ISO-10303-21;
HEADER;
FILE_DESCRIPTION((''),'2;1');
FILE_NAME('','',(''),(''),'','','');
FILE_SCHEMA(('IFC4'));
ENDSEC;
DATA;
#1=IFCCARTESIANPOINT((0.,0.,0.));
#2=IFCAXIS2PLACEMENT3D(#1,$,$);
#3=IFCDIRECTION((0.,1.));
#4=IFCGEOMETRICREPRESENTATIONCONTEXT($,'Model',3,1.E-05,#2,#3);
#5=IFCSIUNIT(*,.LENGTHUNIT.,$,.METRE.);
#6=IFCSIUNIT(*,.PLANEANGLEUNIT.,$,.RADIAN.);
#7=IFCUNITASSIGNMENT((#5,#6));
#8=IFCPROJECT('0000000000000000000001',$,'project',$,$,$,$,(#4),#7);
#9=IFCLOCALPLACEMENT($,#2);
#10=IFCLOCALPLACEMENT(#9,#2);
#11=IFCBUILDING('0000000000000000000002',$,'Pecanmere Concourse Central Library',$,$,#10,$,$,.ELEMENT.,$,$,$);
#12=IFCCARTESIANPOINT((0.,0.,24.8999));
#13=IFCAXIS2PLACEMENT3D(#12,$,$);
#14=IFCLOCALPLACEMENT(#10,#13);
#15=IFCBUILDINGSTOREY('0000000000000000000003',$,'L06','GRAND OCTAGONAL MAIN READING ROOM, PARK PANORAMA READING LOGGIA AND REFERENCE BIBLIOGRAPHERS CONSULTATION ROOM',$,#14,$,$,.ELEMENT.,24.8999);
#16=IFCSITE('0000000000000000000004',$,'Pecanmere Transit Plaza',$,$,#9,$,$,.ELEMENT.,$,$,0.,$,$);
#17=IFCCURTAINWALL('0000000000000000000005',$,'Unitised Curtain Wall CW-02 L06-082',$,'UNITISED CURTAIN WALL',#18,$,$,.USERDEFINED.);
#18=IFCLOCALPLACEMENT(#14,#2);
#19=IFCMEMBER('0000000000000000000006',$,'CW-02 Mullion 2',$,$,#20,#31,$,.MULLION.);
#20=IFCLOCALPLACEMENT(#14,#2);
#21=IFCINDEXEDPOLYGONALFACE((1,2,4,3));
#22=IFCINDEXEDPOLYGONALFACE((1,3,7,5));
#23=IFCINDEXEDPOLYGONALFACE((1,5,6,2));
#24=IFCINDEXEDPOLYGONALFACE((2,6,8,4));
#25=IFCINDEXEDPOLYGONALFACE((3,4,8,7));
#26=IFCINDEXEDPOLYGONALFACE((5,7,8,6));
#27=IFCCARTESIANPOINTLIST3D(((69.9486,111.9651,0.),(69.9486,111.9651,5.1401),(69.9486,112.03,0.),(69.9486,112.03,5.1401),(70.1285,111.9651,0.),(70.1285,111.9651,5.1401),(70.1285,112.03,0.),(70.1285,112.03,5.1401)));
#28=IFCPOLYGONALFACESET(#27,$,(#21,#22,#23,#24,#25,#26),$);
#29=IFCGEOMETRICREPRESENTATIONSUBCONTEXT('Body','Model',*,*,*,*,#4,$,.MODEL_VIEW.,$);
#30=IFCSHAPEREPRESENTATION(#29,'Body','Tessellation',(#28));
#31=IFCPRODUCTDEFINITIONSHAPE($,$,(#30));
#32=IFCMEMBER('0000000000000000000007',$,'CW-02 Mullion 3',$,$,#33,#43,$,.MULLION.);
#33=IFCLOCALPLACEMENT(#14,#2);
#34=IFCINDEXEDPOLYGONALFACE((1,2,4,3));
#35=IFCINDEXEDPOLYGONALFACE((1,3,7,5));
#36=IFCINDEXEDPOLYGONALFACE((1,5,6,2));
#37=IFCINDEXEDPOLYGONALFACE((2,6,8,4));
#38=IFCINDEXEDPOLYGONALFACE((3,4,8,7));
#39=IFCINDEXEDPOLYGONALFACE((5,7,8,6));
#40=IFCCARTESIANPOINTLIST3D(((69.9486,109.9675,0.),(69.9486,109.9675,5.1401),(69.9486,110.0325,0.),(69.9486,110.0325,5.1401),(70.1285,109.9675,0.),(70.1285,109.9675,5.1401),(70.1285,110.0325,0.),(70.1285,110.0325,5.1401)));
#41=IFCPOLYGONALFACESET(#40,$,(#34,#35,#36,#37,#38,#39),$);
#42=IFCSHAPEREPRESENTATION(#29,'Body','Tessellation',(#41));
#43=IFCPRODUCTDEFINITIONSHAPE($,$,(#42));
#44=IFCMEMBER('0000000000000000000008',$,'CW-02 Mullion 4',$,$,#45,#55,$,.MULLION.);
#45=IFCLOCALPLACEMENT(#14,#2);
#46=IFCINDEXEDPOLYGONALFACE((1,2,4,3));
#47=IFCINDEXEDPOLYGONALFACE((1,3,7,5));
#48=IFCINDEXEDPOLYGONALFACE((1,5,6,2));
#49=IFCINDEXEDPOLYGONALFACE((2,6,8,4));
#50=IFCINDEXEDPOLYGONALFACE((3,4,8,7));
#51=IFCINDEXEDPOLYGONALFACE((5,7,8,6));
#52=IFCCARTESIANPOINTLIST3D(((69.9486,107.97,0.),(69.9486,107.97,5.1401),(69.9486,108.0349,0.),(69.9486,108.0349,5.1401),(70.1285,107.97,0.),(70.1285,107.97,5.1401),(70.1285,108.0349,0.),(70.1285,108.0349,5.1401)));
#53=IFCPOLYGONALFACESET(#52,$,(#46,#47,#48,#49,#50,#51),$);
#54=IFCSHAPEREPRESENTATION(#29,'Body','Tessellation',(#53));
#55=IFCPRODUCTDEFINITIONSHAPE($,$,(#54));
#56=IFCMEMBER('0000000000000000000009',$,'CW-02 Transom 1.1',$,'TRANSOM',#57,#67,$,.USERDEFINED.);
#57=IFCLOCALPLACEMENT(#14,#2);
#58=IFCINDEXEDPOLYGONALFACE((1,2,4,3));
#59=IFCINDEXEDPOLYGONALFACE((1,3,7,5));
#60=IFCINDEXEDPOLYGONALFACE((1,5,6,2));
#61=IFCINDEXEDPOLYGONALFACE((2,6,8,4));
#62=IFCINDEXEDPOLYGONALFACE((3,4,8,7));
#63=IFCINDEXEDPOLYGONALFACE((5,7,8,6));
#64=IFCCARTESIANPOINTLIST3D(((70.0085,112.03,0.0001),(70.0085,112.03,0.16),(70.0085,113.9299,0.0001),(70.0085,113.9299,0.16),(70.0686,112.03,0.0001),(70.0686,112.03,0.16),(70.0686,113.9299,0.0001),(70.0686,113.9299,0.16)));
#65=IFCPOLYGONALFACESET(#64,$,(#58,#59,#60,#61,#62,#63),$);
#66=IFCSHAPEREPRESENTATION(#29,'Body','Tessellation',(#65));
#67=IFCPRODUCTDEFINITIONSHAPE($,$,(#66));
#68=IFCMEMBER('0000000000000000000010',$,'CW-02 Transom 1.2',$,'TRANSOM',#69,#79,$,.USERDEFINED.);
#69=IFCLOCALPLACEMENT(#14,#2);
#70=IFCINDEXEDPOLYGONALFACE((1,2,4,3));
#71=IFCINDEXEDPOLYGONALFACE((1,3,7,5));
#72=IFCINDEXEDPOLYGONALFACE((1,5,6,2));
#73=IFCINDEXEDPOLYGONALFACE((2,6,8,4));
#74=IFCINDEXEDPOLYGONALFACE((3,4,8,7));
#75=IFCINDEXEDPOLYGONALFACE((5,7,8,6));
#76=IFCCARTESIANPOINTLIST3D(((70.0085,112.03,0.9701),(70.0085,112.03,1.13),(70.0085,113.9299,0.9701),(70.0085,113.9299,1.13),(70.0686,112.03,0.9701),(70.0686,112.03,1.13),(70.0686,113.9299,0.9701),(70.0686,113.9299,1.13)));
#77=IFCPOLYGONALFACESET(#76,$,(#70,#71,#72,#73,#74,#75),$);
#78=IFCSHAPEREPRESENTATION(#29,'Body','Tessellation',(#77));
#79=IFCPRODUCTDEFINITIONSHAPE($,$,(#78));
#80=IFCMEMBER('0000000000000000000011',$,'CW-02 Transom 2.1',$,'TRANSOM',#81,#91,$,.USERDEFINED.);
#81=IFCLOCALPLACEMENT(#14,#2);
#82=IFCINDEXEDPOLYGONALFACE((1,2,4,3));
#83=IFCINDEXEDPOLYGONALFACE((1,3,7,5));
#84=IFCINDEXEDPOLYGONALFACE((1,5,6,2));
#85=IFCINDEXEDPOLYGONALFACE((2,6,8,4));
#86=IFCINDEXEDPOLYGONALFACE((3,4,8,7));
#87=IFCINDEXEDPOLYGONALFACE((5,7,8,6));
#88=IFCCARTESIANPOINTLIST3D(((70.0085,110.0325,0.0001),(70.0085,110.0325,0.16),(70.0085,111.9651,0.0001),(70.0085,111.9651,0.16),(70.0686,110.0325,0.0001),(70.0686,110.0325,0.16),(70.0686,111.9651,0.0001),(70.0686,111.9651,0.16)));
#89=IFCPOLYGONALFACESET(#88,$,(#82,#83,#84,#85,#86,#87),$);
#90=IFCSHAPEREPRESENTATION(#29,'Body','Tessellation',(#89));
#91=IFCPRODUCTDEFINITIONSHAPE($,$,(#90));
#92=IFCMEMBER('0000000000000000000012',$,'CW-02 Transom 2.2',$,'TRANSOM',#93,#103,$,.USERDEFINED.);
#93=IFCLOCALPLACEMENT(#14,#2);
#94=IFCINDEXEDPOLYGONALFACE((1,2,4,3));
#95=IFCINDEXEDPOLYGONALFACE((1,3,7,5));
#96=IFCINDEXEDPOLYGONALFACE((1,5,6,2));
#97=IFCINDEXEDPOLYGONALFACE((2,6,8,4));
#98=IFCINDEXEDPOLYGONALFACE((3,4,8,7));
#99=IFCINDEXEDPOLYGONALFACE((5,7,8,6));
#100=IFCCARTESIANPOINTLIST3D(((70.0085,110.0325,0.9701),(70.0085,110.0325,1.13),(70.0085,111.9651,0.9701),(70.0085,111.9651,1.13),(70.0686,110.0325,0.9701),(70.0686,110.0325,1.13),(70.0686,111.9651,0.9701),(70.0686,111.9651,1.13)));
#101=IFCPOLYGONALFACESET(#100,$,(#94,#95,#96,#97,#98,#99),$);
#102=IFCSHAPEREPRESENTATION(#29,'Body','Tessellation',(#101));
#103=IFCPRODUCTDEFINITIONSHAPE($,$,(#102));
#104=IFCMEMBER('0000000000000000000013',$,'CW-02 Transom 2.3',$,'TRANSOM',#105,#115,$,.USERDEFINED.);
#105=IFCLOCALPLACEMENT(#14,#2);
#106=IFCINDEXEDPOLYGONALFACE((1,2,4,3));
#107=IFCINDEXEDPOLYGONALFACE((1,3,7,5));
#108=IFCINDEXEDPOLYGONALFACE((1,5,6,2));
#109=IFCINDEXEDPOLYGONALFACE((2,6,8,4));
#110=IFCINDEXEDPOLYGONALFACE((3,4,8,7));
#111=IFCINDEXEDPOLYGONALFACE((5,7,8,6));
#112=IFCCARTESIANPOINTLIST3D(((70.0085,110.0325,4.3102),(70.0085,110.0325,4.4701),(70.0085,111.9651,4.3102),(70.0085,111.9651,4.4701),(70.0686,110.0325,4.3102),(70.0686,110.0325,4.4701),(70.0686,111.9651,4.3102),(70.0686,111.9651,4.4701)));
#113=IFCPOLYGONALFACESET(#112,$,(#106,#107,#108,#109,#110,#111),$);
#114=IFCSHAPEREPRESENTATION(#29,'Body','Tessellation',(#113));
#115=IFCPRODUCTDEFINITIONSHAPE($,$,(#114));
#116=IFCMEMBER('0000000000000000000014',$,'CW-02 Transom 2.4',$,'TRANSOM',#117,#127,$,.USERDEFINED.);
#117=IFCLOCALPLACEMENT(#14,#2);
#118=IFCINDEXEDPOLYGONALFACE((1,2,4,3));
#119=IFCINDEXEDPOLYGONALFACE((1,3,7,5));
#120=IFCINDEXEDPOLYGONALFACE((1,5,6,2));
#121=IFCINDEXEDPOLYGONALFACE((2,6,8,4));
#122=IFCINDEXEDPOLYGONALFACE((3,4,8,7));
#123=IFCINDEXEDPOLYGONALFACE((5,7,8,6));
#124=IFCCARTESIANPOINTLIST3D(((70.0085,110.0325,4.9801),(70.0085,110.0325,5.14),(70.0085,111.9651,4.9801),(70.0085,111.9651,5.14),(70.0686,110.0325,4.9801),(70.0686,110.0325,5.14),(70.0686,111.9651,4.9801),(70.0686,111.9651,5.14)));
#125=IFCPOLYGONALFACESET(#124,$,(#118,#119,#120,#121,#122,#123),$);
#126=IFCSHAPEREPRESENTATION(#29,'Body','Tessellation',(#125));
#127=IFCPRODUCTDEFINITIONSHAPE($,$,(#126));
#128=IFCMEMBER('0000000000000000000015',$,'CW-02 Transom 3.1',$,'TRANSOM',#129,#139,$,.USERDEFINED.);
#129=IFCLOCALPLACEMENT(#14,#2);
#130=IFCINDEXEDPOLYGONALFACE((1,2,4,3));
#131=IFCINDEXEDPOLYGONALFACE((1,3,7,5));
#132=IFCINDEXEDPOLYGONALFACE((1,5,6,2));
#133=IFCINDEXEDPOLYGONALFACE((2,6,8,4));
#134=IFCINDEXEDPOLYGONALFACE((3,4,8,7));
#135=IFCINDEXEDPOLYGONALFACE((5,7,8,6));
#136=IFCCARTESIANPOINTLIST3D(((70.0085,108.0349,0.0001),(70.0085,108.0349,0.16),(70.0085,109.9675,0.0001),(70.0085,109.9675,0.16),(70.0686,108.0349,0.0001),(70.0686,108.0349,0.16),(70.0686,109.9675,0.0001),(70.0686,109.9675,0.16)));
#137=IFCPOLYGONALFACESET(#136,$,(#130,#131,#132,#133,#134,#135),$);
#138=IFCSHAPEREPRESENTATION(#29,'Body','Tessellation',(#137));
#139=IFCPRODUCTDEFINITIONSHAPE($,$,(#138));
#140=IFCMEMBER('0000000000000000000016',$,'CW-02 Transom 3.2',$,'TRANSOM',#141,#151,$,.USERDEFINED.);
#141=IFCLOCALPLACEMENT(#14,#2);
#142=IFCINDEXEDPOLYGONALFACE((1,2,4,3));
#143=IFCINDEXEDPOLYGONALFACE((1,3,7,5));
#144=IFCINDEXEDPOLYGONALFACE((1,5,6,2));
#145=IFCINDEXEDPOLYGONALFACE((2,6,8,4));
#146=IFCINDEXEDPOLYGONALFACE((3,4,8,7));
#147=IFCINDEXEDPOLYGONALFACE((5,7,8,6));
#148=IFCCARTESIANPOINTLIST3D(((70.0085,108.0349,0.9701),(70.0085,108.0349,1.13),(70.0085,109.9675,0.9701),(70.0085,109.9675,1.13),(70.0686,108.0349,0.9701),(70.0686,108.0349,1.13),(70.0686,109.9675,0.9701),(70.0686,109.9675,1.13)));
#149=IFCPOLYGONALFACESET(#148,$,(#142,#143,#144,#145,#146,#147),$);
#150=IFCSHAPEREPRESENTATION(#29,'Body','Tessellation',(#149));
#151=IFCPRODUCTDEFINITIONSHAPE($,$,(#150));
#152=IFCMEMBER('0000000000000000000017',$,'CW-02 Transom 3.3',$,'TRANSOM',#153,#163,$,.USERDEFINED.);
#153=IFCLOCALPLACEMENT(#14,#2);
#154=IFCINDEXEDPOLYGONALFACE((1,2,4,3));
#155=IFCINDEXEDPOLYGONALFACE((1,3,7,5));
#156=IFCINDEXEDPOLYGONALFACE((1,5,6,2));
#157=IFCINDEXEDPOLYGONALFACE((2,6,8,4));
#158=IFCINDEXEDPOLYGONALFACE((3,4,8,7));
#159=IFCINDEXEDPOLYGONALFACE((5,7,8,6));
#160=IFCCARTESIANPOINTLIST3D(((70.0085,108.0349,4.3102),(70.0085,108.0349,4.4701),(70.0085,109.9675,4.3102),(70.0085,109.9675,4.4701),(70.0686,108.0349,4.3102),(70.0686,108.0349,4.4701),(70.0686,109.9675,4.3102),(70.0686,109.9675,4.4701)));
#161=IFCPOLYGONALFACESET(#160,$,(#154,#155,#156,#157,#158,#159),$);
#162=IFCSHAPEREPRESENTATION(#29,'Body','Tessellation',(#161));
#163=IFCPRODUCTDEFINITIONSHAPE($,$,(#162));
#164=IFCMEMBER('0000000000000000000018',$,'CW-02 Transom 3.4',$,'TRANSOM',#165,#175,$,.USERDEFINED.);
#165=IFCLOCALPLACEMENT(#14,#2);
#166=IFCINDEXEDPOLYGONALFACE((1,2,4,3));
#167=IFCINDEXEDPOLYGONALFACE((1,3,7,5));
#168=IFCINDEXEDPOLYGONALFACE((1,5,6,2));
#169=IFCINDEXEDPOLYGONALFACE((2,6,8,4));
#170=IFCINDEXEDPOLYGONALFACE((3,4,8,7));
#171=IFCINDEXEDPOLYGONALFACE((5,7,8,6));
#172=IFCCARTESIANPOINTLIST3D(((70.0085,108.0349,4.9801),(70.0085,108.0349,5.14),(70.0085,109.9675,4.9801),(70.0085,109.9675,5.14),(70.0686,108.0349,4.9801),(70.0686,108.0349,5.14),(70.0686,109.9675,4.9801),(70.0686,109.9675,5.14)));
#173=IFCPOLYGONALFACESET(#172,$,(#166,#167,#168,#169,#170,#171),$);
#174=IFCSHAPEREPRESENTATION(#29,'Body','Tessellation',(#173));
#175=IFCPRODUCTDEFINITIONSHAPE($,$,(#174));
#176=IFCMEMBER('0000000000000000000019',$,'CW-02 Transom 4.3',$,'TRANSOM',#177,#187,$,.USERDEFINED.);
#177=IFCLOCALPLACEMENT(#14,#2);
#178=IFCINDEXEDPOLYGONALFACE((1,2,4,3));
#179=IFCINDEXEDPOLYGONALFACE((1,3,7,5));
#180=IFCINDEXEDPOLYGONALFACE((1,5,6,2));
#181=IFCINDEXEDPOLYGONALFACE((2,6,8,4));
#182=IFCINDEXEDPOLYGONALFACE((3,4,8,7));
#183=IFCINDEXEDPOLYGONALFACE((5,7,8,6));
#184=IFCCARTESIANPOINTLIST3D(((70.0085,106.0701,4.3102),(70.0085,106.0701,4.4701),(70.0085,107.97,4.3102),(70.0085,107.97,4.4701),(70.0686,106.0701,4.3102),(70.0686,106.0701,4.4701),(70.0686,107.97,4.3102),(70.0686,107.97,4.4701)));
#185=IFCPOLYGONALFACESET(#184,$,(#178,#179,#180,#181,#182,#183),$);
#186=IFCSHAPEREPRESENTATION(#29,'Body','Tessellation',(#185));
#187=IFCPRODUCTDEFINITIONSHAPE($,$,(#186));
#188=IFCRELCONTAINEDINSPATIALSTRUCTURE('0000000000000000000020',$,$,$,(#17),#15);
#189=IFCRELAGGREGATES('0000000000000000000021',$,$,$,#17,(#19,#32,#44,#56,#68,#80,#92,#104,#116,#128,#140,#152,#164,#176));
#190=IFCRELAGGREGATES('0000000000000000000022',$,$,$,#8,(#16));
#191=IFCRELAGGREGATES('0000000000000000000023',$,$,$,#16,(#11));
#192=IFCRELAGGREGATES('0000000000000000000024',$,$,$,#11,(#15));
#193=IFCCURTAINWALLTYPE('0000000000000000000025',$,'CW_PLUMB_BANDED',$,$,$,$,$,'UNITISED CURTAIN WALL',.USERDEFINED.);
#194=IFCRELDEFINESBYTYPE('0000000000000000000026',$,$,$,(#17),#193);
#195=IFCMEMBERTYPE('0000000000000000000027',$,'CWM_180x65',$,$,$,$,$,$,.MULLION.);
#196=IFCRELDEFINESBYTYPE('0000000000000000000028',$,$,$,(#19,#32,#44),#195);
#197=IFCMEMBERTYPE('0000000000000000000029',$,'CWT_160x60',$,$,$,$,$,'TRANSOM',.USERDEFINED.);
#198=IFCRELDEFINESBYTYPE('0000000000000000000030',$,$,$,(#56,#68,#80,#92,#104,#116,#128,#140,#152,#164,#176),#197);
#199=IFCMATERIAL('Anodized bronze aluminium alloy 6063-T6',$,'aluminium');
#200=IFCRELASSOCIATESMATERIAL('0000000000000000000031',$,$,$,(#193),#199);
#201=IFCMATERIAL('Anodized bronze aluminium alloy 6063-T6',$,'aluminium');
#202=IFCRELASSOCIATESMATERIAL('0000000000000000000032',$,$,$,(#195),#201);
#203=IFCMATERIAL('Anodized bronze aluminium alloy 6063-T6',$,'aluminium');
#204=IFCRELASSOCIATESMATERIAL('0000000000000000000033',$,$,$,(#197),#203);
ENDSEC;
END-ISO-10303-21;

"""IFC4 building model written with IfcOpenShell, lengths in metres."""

from ifc_helpers import new_model, si_unit, direction, frame, origin, origin_2d, place, context, subcontext, project, spatial, rectangle, extrude, material, material_profile, profile_set, type_object, element, aggregate, save


model = new_model("IFC4")

# Units and contexts
model_context = context("Model", 3, precision=1e-05, world=origin(), true_north=direction((0.0, 1.0)))
body_context = subcontext(model_context, "Body", "Model", "MODEL_VIEW")
ifc_project = project(units=[si_unit("LENGTHUNIT", "METRE"), si_unit("PLANEANGLEUNIT", "RADIAN")], contexts=[model_context])

# Site, building, storey
site_placement = place(None, origin())
site = spatial("IfcSite", under=ifc_project, at=site_placement, Name="Pecanmere Transit Plaza", CompositionType="ELEMENT", RefElevation=0.0)
building_placement = place(site_placement, origin())
building = spatial("IfcBuilding", under=site, at=building_placement, Name="Pecanmere Concourse Central Library", CompositionType="ELEMENT")
storey_placement = place(building_placement, frame((0.0, 0.0, 24.8999)))
storey = spatial("IfcBuildingStorey", under=building, at=storey_placement, Name="L06", Description="GRAND OCTAGONAL MAIN READING ROOM, PARK PANORAMA READING LOGGIA AND REFERENCE BIBLIOGRAPHERS CONSULTATION ROOM", CompositionType="ELEMENT", Elevation=24.8999)

# Curtain wall, members
ifc_material_1 = material(Name="Anodized bronze aluminium alloy 6063-T6", Category="aluminium")
curtain_wall_type = type_object("IfcCurtainWallType", Name="CW_PLUMB_BANDED", ElementType="UNITISED CURTAIN WALL", PredefinedType="USERDEFINED", material=ifc_material_1)
curtain_wall_placement = place(storey_placement, origin())
curtain_wall = element("IfcCurtainWall", 1, at=curtain_wall_placement, inside=storey, type_object=curtain_wall_type, Name="Unitised Curtain Wall CW-02 L06-082", ObjectType="UNITISED CURTAIN WALL", PredefinedType="USERDEFINED")
ifc_material_2 = material(Name="Anodized bronze aluminium alloy 6063-T6", Category="aluminium")
ifc_material_profile_1 = material_profile(ifc_material_2, rectangle(XDim=0.0649, YDim=0.1799, at=origin_2d()), Name="AL 65x180")
ifc_profile_set_1 = profile_set([ifc_material_profile_1], Name="Anodized bronze aluminium alloy 6063-T6")
member_type_1 = type_object("IfcMemberType", Name="CWM_180x65", PredefinedType="MULLION", material=ifc_profile_set_1)
member_1_placement = place(storey_placement, frame((70.0386, 111.9976, 0.0), z_axis=(0.0, 0.0, 1.0), x_axis=(0.0, -1.0, 0.0)))
member_1 = element("IfcMember", 2, at=member_1_placement, type_object=member_type_1, Name="CW-02 Mullion 2", PredefinedType="MULLION", context=body_context, shape_type="SweptSolid", body=[
    extrude(rectangle(XDim=0.0649, YDim=0.1799, at=origin_2d()), origin(), (0.0, 0.0, 1.0), 5.1401),
])
member_2_placement = place(storey_placement, frame((70.0386, 110.0, 0.0), z_axis=(0.0, 0.0, 1.0), x_axis=(0.0, -1.0, 0.0)))
member_2 = element("IfcMember", 3, at=member_2_placement, type_object=member_type_1, Name="CW-02 Mullion 3", PredefinedType="MULLION", context=body_context, shape_type="SweptSolid", body=[
    extrude(rectangle(XDim=0.0649, YDim=0.1799, at=origin_2d()), origin(), (0.0, 0.0, 1.0), 5.1401),
])
member_3_placement = place(storey_placement, frame((70.0386, 108.0024, 0.0), z_axis=(0.0, 0.0, 1.0), x_axis=(0.0, -1.0, 0.0)))
member_3 = element("IfcMember", 4, at=member_3_placement, type_object=member_type_1, Name="CW-02 Mullion 4", PredefinedType="MULLION", context=body_context, shape_type="SweptSolid", body=[
    extrude(rectangle(XDim=0.0649, YDim=0.1799, at=origin_2d()), origin(), (0.0, 0.0, 1.0), 5.1401),
])
ifc_material_3 = material(Name="Anodized bronze aluminium alloy 6063-T6", Category="aluminium")
ifc_material_profile_2 = material_profile(ifc_material_3, rectangle(XDim=0.0601, YDim=0.1599, at=origin_2d()), Name="AL 60x160")
ifc_profile_set_2 = profile_set([ifc_material_profile_2], Name="Anodized bronze aluminium alloy 6063-T6")
member_type_2 = type_object("IfcMemberType", Name="CWT_160x60", ElementType="TRANSOM", PredefinedType="USERDEFINED", material=ifc_profile_set_2)
member_4_placement = place(storey_placement, frame((70.0386, 113.9299, 0.0801), z_axis=(0.0, -1.0, 0.0), x_axis=(1.0, 0.0, 0.0)))
member_4 = element("IfcMember", 5, at=member_4_placement, type_object=member_type_2, Name="CW-02 Transom 1.1", ObjectType="TRANSOM", PredefinedType="USERDEFINED", context=body_context, shape_type="SweptSolid", body=[
    extrude(rectangle(XDim=0.0601, YDim=0.1599, at=origin_2d()), origin(), (0.0, 0.0, 1.0), 1.8999),
])
member_5_placement = place(storey_placement, frame((70.0386, 113.9299, 1.05), z_axis=(0.0, -1.0, 0.0), x_axis=(1.0, 0.0, 0.0)))
member_5 = element("IfcMember", 6, at=member_5_placement, type_object=member_type_2, Name="CW-02 Transom 1.2", ObjectType="TRANSOM", PredefinedType="USERDEFINED", context=body_context, shape_type="SweptSolid", body=[
    extrude(rectangle(XDim=0.0601, YDim=0.1599, at=origin_2d()), origin(), (0.0, 0.0, 1.0), 1.8999),
])
member_6_placement = place(storey_placement, frame((70.0386, 111.9651, 0.0801), z_axis=(0.0, -1.0, 0.0), x_axis=(1.0, 0.0, 0.0)))
member_6 = element("IfcMember", 7, at=member_6_placement, type_object=member_type_2, Name="CW-02 Transom 2.1", ObjectType="TRANSOM", PredefinedType="USERDEFINED", context=body_context, shape_type="SweptSolid", body=[
    extrude(rectangle(XDim=0.0601, YDim=0.1599, at=origin_2d()), origin(), (0.0, 0.0, 1.0), 1.9326),
])
member_7_placement = place(storey_placement, frame((70.0386, 111.9651, 1.05), z_axis=(0.0, -1.0, 0.0), x_axis=(1.0, 0.0, 0.0)))
member_7 = element("IfcMember", 8, at=member_7_placement, type_object=member_type_2, Name="CW-02 Transom 2.2", ObjectType="TRANSOM", PredefinedType="USERDEFINED", context=body_context, shape_type="SweptSolid", body=[
    extrude(rectangle(XDim=0.0601, YDim=0.1599, at=origin_2d()), origin(), (0.0, 0.0, 1.0), 1.9326),
])
member_8_placement = place(storey_placement, frame((70.0386, 111.9651, 4.3901), z_axis=(0.0, -1.0, 0.0), x_axis=(1.0, 0.0, 0.0)))
member_8 = element("IfcMember", 9, at=member_8_placement, type_object=member_type_2, Name="CW-02 Transom 2.3", ObjectType="TRANSOM", PredefinedType="USERDEFINED", context=body_context, shape_type="SweptSolid", body=[
    extrude(rectangle(XDim=0.0601, YDim=0.1599, at=origin_2d()), origin(), (0.0, 0.0, 1.0), 1.9326),
])
member_9_placement = place(storey_placement, frame((70.0386, 111.9651, 5.0601), z_axis=(0.0, -1.0, 0.0), x_axis=(1.0, 0.0, 0.0)))
member_9 = element("IfcMember", 10, at=member_9_placement, type_object=member_type_2, Name="CW-02 Transom 2.4", ObjectType="TRANSOM", PredefinedType="USERDEFINED", context=body_context, shape_type="SweptSolid", body=[
    extrude(rectangle(XDim=0.0601, YDim=0.1599, at=origin_2d()), origin(), (0.0, 0.0, 1.0), 1.9326),
])
member_10_placement = place(storey_placement, frame((70.0386, 109.9675, 0.0801), z_axis=(0.0, -1.0, 0.0), x_axis=(1.0, 0.0, 0.0)))
member_10 = element("IfcMember", 11, at=member_10_placement, type_object=member_type_2, Name="CW-02 Transom 3.1", ObjectType="TRANSOM", PredefinedType="USERDEFINED", context=body_context, shape_type="SweptSolid", body=[
    extrude(rectangle(XDim=0.0601, YDim=0.1599, at=origin_2d()), origin(), (0.0, 0.0, 1.0), 1.9326),
])
member_11_placement = place(storey_placement, frame((70.0386, 109.9675, 1.05), z_axis=(0.0, -1.0, 0.0), x_axis=(1.0, 0.0, 0.0)))
member_11 = element("IfcMember", 12, at=member_11_placement, type_object=member_type_2, Name="CW-02 Transom 3.2", ObjectType="TRANSOM", PredefinedType="USERDEFINED", context=body_context, shape_type="SweptSolid", body=[
    extrude(rectangle(XDim=0.0601, YDim=0.1599, at=origin_2d()), origin(), (0.0, 0.0, 1.0), 1.9326),
])
member_12_placement = place(storey_placement, frame((70.0386, 109.9675, 4.3901), z_axis=(0.0, -1.0, 0.0), x_axis=(1.0, 0.0, 0.0)))
member_12 = element("IfcMember", 13, at=member_12_placement, type_object=member_type_2, Name="CW-02 Transom 3.3", ObjectType="TRANSOM", PredefinedType="USERDEFINED", context=body_context, shape_type="SweptSolid", body=[
    extrude(rectangle(XDim=0.0601, YDim=0.1599, at=origin_2d()), origin(), (0.0, 0.0, 1.0), 1.9326),
])
member_13_placement = place(storey_placement, frame((70.0386, 109.9675, 5.0601), z_axis=(0.0, -1.0, 0.0), x_axis=(1.0, 0.0, 0.0)))
member_13 = element("IfcMember", 14, at=member_13_placement, type_object=member_type_2, Name="CW-02 Transom 3.4", ObjectType="TRANSOM", PredefinedType="USERDEFINED", context=body_context, shape_type="SweptSolid", body=[
    extrude(rectangle(XDim=0.0601, YDim=0.1599, at=origin_2d()), origin(), (0.0, 0.0, 1.0), 1.9326),
])
member_14_placement = place(storey_placement, frame((70.0386, 107.97, 4.3901), z_axis=(0.0, -1.0, 0.0), x_axis=(1.0, 0.0, 0.0)))
member_14 = element("IfcMember", 15, at=member_14_placement, type_object=member_type_2, Name="CW-02 Transom 4.3", ObjectType="TRANSOM", PredefinedType="USERDEFINED", context=body_context, shape_type="SweptSolid", body=[
    extrude(rectangle(XDim=0.0601, YDim=0.1599, at=origin_2d()), origin(), (0.0, 0.0, 1.0), 1.8999),
])
aggregate(curtain_wall, [member_1, member_2, member_3, member_4, member_5, member_6, member_7, member_8, member_9, member_10, member_11, member_12, member_13, member_14])

save(model, "model.ifc")
